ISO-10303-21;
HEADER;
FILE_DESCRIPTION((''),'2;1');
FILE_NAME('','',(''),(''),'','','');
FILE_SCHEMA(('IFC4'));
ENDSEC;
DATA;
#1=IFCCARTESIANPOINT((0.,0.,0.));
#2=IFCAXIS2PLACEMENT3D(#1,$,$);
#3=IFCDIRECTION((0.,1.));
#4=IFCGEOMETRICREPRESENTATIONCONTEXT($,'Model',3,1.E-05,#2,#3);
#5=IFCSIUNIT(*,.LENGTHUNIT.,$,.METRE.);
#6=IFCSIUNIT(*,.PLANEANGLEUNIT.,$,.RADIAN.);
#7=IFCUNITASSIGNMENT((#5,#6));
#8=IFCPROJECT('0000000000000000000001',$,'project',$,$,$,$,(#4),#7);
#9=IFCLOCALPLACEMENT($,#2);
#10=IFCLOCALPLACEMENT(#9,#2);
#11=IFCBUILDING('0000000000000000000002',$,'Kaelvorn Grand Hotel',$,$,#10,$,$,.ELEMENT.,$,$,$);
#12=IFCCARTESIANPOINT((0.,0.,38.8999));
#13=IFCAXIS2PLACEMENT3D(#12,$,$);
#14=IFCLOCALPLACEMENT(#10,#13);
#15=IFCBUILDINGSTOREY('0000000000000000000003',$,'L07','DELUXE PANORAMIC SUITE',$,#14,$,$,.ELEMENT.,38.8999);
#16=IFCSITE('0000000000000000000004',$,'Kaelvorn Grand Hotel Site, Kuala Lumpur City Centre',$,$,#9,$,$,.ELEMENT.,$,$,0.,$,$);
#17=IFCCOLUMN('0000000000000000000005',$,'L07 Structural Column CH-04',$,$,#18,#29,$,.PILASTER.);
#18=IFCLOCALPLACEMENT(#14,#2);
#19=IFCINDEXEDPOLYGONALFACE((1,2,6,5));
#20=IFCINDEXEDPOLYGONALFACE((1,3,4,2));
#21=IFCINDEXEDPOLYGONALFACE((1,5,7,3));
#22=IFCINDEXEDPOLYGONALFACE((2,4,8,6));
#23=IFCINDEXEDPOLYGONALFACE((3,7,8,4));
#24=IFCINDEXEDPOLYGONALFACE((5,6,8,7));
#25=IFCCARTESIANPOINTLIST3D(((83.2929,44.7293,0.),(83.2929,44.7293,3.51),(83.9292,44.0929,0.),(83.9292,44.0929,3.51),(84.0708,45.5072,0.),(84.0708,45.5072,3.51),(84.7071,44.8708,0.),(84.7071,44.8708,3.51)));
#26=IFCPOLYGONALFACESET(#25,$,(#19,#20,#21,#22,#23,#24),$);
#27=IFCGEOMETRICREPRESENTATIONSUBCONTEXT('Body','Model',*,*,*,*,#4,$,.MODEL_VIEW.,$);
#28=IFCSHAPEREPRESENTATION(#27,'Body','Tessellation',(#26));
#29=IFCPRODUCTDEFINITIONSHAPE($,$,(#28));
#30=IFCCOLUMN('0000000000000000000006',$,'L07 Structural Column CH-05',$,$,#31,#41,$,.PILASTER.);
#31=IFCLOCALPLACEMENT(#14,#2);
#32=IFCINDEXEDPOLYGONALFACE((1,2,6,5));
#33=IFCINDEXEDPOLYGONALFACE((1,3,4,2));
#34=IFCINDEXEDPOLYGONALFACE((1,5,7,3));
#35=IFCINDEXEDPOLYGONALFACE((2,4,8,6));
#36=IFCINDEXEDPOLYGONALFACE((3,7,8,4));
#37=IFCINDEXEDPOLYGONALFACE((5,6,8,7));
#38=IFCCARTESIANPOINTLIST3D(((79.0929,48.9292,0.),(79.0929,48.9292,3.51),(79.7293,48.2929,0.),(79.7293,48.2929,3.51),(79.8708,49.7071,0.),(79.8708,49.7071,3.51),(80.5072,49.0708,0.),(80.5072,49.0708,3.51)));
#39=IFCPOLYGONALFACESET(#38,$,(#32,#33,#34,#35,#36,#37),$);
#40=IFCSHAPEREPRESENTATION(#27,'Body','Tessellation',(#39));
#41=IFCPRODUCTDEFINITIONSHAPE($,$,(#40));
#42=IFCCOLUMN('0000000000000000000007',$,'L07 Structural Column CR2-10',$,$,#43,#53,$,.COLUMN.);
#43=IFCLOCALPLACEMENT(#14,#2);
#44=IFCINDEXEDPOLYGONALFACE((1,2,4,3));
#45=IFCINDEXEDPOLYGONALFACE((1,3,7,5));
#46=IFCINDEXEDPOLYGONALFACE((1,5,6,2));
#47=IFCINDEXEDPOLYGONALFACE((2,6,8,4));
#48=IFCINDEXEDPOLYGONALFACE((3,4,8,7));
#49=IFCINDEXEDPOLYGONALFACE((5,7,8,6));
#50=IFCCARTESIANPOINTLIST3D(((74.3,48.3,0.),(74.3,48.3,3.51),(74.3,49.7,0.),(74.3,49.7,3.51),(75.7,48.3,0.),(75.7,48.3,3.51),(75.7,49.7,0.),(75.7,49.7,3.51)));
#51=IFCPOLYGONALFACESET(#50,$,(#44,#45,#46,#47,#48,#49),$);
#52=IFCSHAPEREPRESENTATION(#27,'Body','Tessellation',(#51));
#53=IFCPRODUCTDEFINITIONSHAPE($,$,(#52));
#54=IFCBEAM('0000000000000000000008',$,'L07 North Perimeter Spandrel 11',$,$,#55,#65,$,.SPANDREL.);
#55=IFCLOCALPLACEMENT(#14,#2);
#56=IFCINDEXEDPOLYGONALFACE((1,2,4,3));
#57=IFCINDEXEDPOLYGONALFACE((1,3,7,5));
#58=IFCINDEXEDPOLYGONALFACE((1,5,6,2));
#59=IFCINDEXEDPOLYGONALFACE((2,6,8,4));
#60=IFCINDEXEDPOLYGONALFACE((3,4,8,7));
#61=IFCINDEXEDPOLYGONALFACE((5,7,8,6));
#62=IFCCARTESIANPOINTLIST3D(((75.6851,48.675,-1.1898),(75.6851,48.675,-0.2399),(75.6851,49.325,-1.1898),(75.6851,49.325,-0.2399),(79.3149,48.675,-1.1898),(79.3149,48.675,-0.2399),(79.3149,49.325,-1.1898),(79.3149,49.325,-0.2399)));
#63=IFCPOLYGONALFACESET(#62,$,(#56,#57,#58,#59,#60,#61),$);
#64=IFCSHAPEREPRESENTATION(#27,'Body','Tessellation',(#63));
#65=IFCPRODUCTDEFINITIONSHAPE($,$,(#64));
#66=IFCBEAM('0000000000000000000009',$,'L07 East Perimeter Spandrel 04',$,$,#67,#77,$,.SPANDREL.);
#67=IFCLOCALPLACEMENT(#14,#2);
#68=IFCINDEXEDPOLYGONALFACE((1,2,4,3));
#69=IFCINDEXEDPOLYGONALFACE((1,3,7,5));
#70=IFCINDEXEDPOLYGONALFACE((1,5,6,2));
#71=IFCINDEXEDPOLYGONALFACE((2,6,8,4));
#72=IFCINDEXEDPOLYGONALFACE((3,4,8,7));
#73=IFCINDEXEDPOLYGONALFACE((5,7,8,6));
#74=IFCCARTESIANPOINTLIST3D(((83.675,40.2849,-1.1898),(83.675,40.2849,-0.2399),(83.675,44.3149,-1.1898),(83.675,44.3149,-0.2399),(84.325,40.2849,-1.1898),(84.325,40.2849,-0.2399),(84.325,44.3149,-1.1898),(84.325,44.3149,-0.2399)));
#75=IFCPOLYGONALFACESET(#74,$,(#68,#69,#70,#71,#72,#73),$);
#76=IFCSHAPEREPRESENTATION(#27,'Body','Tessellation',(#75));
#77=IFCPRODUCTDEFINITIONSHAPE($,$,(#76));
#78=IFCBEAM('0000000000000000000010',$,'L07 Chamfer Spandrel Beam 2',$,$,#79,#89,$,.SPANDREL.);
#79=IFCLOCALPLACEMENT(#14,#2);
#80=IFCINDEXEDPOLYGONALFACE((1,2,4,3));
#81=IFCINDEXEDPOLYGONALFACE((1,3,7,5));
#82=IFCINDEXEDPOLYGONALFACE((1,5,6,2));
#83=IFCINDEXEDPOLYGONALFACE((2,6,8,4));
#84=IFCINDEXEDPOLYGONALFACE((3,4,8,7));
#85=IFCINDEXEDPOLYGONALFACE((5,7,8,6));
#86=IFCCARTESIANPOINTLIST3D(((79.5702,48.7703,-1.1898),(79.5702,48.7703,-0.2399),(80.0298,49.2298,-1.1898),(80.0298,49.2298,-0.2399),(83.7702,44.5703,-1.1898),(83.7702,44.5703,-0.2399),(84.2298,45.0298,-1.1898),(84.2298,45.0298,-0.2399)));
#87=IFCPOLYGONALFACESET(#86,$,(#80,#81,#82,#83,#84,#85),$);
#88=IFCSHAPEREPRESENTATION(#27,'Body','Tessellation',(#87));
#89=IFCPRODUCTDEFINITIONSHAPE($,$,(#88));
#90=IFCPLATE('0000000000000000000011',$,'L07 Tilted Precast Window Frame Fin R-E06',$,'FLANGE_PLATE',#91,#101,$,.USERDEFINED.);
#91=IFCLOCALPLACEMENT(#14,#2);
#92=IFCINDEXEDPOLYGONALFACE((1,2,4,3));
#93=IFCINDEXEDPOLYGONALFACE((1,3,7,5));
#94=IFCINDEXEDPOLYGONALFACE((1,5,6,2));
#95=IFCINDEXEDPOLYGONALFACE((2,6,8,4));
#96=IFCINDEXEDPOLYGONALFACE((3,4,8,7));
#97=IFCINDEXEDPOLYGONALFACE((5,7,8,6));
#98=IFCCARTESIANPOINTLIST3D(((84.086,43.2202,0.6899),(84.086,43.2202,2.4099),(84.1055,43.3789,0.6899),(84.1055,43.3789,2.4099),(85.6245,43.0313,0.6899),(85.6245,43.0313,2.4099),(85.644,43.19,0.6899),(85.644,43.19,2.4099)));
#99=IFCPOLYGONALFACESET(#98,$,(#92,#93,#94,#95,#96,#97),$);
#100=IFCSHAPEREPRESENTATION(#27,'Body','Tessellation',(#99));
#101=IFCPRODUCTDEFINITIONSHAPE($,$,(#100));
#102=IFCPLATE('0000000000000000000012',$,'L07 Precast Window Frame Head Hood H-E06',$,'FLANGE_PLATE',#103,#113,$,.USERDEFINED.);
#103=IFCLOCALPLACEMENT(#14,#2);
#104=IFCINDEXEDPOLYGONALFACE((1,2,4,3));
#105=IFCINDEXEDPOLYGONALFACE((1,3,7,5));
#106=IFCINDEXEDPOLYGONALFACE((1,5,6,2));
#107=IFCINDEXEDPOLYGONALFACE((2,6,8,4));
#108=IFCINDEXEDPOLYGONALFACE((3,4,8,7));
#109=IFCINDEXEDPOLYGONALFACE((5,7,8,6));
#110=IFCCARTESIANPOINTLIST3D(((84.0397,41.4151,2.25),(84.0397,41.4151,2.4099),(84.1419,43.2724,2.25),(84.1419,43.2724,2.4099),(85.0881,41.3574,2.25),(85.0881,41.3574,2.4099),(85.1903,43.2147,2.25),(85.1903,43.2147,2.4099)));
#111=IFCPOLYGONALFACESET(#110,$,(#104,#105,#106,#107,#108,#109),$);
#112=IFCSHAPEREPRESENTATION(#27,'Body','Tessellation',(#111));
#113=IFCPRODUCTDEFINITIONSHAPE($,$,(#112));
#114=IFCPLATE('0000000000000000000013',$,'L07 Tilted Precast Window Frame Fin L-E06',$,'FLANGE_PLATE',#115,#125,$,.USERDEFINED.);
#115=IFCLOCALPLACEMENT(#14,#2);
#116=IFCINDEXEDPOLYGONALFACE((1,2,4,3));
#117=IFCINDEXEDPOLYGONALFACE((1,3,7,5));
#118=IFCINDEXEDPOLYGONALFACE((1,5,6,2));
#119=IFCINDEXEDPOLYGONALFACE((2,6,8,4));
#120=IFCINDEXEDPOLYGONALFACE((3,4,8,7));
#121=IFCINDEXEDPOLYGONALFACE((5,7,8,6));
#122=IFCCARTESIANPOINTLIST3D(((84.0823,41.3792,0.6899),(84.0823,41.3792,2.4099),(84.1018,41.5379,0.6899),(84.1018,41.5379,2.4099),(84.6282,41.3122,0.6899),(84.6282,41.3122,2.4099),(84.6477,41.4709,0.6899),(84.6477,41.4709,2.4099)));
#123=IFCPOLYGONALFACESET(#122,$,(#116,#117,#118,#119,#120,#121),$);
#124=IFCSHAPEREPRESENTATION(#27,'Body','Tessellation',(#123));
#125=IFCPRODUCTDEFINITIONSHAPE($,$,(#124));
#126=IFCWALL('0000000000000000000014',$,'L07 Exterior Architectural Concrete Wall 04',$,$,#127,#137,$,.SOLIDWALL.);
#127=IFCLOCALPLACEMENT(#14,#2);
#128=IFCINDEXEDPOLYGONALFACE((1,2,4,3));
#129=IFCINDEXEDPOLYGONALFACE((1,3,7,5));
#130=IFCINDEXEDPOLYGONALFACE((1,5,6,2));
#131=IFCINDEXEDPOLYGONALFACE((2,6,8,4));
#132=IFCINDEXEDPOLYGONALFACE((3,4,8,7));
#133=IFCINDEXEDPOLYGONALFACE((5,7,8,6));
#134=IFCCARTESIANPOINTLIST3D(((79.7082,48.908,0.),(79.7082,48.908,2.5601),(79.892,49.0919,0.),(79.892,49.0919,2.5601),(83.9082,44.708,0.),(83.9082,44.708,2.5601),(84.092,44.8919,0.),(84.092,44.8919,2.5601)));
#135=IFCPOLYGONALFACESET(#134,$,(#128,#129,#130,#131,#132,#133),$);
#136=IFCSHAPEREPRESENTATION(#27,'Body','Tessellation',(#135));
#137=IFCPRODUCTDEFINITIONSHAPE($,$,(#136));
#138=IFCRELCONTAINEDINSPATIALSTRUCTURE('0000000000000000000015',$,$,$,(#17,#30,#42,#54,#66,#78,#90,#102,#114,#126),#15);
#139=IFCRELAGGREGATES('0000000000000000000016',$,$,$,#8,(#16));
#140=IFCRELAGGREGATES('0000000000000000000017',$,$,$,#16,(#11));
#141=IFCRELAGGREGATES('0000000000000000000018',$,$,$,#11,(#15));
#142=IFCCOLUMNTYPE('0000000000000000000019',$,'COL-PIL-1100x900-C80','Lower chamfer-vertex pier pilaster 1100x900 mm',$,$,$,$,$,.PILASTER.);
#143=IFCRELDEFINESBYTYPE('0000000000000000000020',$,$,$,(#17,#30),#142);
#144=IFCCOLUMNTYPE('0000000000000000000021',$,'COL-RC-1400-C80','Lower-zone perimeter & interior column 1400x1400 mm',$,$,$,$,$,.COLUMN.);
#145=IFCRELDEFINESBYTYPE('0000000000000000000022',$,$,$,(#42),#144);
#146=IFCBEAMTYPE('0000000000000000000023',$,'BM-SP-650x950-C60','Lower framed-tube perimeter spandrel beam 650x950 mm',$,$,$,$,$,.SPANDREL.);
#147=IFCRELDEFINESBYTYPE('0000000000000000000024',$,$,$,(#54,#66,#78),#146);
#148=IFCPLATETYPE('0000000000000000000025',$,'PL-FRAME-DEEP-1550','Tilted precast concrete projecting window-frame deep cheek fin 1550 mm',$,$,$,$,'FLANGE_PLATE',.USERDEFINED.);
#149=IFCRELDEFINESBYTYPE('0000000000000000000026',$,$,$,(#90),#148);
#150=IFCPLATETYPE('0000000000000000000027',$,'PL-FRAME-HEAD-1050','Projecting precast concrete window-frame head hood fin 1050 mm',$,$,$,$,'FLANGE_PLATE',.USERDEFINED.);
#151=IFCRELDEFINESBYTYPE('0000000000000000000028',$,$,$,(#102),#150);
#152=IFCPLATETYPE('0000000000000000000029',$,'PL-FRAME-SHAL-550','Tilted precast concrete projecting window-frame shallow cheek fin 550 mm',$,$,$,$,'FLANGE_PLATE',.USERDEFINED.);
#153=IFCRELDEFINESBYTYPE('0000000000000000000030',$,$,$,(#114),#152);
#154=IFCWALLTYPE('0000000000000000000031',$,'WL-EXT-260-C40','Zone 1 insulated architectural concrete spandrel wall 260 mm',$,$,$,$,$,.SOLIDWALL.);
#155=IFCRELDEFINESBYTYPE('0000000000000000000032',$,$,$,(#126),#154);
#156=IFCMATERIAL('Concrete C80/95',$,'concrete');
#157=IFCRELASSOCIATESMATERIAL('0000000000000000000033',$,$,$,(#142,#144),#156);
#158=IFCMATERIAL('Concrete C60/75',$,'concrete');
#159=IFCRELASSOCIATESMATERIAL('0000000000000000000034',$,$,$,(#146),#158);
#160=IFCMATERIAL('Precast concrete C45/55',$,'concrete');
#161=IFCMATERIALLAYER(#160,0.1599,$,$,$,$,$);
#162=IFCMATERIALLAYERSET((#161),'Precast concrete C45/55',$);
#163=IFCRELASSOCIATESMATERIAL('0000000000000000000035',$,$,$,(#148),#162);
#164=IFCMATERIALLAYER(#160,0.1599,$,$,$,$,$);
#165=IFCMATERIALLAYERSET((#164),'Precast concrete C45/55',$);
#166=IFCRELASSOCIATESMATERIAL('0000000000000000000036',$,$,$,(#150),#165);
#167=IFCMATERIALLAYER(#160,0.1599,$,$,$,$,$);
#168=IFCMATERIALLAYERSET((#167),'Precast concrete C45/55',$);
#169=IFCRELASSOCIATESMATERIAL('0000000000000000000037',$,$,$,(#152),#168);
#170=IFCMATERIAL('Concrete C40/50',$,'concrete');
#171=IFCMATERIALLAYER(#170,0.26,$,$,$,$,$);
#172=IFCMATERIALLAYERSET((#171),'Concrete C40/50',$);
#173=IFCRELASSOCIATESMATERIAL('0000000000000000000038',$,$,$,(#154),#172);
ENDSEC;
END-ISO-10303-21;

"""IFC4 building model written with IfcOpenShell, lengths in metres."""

from ifc_helpers import new_model, si_unit, direction, frame, frame_2d, origin, origin_2d, place, context, subcontext, project, spatial, rectangle, extrude, material, layer, layer_set, material_profile, profile_set, type_object, element, save


model = new_model("IFC4")

# Units and contexts
model_context = context("Model", 3, precision=1e-05, world=origin(), true_north=direction((0.0, 1.0)))
body_context = subcontext(model_context, "Body", "Model", "MODEL_VIEW")
ifc_project = project(units=[si_unit("LENGTHUNIT", "METRE"), si_unit("PLANEANGLEUNIT", "RADIAN")], contexts=[model_context])

# Site, building, storey
site_placement = place(None, origin())
site = spatial("IfcSite", under=ifc_project, at=site_placement, Name="Kaelvorn Grand Hotel Site, Kuala Lumpur City Centre", CompositionType="ELEMENT", RefElevation=0.0)
building_placement = place(site_placement, origin())
building = spatial("IfcBuilding", under=site, at=building_placement, Name="Kaelvorn Grand Hotel", CompositionType="ELEMENT")
storey_placement = place(building_placement, frame((0.0, 0.0, 38.8999)))
storey = spatial("IfcBuildingStorey", under=building, at=storey_placement, Name="L07", Description="DELUXE PANORAMIC SUITE", CompositionType="ELEMENT", Elevation=38.8999)

# Columns
ifc_material_1 = material(Name="Concrete C80/95", Category="concrete")
ifc_material_profile_1 = material_profile(ifc_material_1, rectangle(XDim=1.1001, YDim=0.8999, at=origin_2d()), Name="RC PILASTER 1100x900")
ifc_profile_set_1 = profile_set([ifc_material_profile_1], Name="Concrete C80/95")
column_type_1 = type_object("IfcColumnType", Name="COL-PIL-1100x900-C80", Description="Lower chamfer-vertex pier pilaster 1100x900 mm", PredefinedType="PILASTER", material=ifc_profile_set_1)
for number, where, z_axis, x_axis, name in (
    (1, (84.0, 44.8, 0.0), (0.0, 0.0, 1.0), (0.707107, 0.707107, 0.0), "L07 Structural Column CH-04"),
    (2, (79.8, 49.0, 0.0), (0.0, 0.0, 1.0), (0.707107, 0.707107, 0.0), "L07 Structural Column CH-05"),
):
    element("IfcColumn", number, at=place(storey_placement, frame(where, z_axis=z_axis, x_axis=x_axis)), inside=storey, type_object=column_type_1, Name=name, PredefinedType="PILASTER", context=body_context, shape_type="SweptSolid", body=[
        extrude(rectangle(XDim=1.1001, YDim=0.8999, at=origin_2d()), origin(), (0.0, 0.0, 1.0), 3.51),
    ])
ifc_material_profile_2 = material_profile(ifc_material_1, rectangle(XDim=1.3999, YDim=1.3999, at=origin_2d()), Name="RC COL 1400x1400")
ifc_profile_set_2 = profile_set([ifc_material_profile_2], Name="Concrete C80/95")
column_type_2 = type_object("IfcColumnType", Name="COL-RC-1400-C80", Description="Lower-zone perimeter & interior column 1400x1400 mm", PredefinedType="COLUMN", material=ifc_profile_set_2)
column_placement = place(storey_placement, frame((75.0, 49.0, 0.0), z_axis=(0.0, 0.0, 1.0), x_axis=(1.0, 0.0, 0.0)))
element("IfcColumn", 3, at=column_placement, inside=storey, type_object=column_type_2, Name="L07 Structural Column CR2-10", PredefinedType="COLUMN", context=body_context, shape_type="SweptSolid", body=[
    extrude(rectangle(XDim=1.3999, YDim=1.3999, at=origin_2d()), origin(), (0.0, 0.0, 1.0), 3.51),
])

# Beams
ifc_material_2 = material(Name="Concrete C60/75", Category="concrete")
ifc_material_profile_3 = material_profile(ifc_material_2, rectangle(XDim=0.6499, YDim=0.95, at=origin_2d()), Name="RC SPANDREL 650x950")
ifc_profile_set_3 = profile_set([ifc_material_profile_3], Name="Concrete C60/75")
beam_type = type_object("IfcBeamType", Name="BM-SP-650x950-C60", Description="Lower framed-tube perimeter spandrel beam 650x950 mm", PredefinedType="SPANDREL", material=ifc_profile_set_3)
beam_1_placement = place(storey_placement, frame((75.6851, 49.0, -0.7148), z_axis=(1.0, 0.0, 0.0), x_axis=(0.0, 1.0, 0.0)))
element("IfcBeam", 4, at=beam_1_placement, inside=storey, type_object=beam_type, Name="L07 North Perimeter Spandrel 11", PredefinedType="SPANDREL", context=body_context, shape_type="SweptSolid", body=[
    extrude(rectangle(XDim=0.6499, YDim=0.95, at=origin_2d()), origin(), (0.0, 0.0, 1.0), 3.6299),
])
beam_2_placement = place(storey_placement, frame((84.0, 40.2849, -0.7148), z_axis=(0.0, 1.0, 0.0), x_axis=(-1.0, 0.0, 0.0)))
element("IfcBeam", 5, at=beam_2_placement, inside=storey, type_object=beam_type, Name="L07 East Perimeter Spandrel 04", PredefinedType="SPANDREL", context=body_context, shape_type="SweptSolid", body=[
    extrude(rectangle(XDim=0.6499, YDim=0.95, at=origin_2d()), origin(), (0.0, 0.0, 1.0), 4.03),
])
beam_3_placement = place(storey_placement, frame((84.0, 44.8, -0.7148), z_axis=(-0.707107, 0.707107, 0.0), x_axis=(-0.707107, -0.707107, 0.0)))
element("IfcBeam", 6, at=beam_3_placement, inside=storey, type_object=beam_type, Name="L07 Chamfer Spandrel Beam 2", PredefinedType="SPANDREL", context=body_context, shape_type="SweptSolid", body=[
    extrude(rectangle(XDim=0.6499, YDim=0.95, at=origin_2d()), origin(), (0.0, 0.0, 1.0), 5.9397),
])

# Plates
ifc_material_3 = material(Name="Precast concrete C45/55", Category="concrete")
ifc_layer_1 = layer(ifc_material_3, 0.1599)
ifc_layer_set_1 = layer_set([ifc_layer_1], Name="Precast concrete C45/55")
plate_type_1 = type_object("IfcPlateType", Name="PL-FRAME-DEEP-1550", Description="Tilted precast concrete projecting window-frame deep cheek fin 1550 mm", ElementType="FLANGE_PLATE", PredefinedType="USERDEFINED", material=ifc_layer_set_1)
plate_1_placement = place(storey_placement, frame((84.865, 43.2051, 0.6899), z_axis=(0.0, 0.0, 1.0), x_axis=(0.121869, 0.992546, 0.0)))
element("IfcPlate", 7, at=plate_1_placement, inside=storey, type_object=plate_type_1, Name="L07 Tilted Precast Window Frame Fin R-E06", ObjectType="FLANGE_PLATE", PredefinedType="USERDEFINED", context=body_context, shape_type="SweptSolid", body=[
    extrude(rectangle(XDim=0.1599, YDim=1.55, at=origin_2d()), origin(), (0.0, 0.0, 1.0), 1.72),
])
ifc_layer_2 = layer(ifc_material_3, 0.1599)
ifc_layer_set_2 = layer_set([ifc_layer_2], Name="Precast concrete C45/55")
plate_type_2 = type_object("IfcPlateType", Name="PL-FRAME-HEAD-1050", Description="Projecting precast concrete window-frame head hood fin 1050 mm", ElementType="FLANGE_PLATE", PredefinedType="USERDEFINED", material=ifc_layer_set_2)
plate_2_placement = place(storey_placement, frame((84.615, 42.3149, 2.25), z_axis=(0.0, 0.0, 1.0), x_axis=(0.05495, 0.998489, 0.0)))
element("IfcPlate", 8, at=plate_2_placement, inside=storey, type_object=plate_type_2, Name="L07 Precast Window Frame Head Hood H-E06", ObjectType="FLANGE_PLATE", PredefinedType="USERDEFINED", context=body_context, shape_type="SweptSolid", body=[
    extrude(rectangle(XDim=1.8601, YDim=1.05, at=origin_2d()), origin(), (0.0, 0.0, 1.0), 0.1599),
])
ifc_layer_3 = layer(ifc_material_3, 0.1599)
ifc_layer_set_3 = layer_set([ifc_layer_3], Name="Precast concrete C45/55")
plate_type_3 = type_object("IfcPlateType", Name="PL-FRAME-SHAL-550", Description="Tilted precast concrete projecting window-frame shallow cheek fin 550 mm", ElementType="FLANGE_PLATE", PredefinedType="USERDEFINED", material=ifc_layer_set_3)
plate_3_placement = place(storey_placement, frame((84.365, 41.425, 0.6899), z_axis=(0.0, 0.0, 1.0), x_axis=(0.121869, 0.992546, 0.0)))
element("IfcPlate", 9, at=plate_3_placement, inside=storey, type_object=plate_type_3, Name="L07 Tilted Precast Window Frame Fin L-E06", ObjectType="FLANGE_PLATE", PredefinedType="USERDEFINED", context=body_context, shape_type="SweptSolid", body=[
    extrude(rectangle(XDim=0.1599, YDim=0.55, at=origin_2d()), origin(), (0.0, 0.0, 1.0), 1.72),
])

# Wall
ifc_material_4 = material(Name="Concrete C40/50", Category="concrete")
ifc_layer_4 = layer(ifc_material_4, 0.26)
ifc_layer_set_4 = layer_set([ifc_layer_4], Name="Concrete C40/50")
wall_type_1 = type_object("IfcWallType", Name="WL-EXT-260-C40", Description="Zone 1 insulated architectural concrete spandrel wall 260 mm", PredefinedType="SOLIDWALL", material=ifc_layer_set_4)
wall_1_placement = place(storey_placement, frame((84.0, 44.8, 0.0), z_axis=(0.0, 0.0, 1.0), x_axis=(-0.707107, 0.707107, 0.0)))
element("IfcWall", 10, at=wall_1_placement, inside=storey, type_object=wall_type_1, Name="L07 Exterior Architectural Concrete Wall 04", PredefinedType="SOLIDWALL", context=body_context, shape_type="SweptSolid", body=[
    extrude(rectangle(XDim=5.9397, YDim=0.26, at=frame_2d((2.9697, 0.0))), origin(), (0.0, 0.0, 1.0), 2.5601),
])

save(model, "model.ifc")
